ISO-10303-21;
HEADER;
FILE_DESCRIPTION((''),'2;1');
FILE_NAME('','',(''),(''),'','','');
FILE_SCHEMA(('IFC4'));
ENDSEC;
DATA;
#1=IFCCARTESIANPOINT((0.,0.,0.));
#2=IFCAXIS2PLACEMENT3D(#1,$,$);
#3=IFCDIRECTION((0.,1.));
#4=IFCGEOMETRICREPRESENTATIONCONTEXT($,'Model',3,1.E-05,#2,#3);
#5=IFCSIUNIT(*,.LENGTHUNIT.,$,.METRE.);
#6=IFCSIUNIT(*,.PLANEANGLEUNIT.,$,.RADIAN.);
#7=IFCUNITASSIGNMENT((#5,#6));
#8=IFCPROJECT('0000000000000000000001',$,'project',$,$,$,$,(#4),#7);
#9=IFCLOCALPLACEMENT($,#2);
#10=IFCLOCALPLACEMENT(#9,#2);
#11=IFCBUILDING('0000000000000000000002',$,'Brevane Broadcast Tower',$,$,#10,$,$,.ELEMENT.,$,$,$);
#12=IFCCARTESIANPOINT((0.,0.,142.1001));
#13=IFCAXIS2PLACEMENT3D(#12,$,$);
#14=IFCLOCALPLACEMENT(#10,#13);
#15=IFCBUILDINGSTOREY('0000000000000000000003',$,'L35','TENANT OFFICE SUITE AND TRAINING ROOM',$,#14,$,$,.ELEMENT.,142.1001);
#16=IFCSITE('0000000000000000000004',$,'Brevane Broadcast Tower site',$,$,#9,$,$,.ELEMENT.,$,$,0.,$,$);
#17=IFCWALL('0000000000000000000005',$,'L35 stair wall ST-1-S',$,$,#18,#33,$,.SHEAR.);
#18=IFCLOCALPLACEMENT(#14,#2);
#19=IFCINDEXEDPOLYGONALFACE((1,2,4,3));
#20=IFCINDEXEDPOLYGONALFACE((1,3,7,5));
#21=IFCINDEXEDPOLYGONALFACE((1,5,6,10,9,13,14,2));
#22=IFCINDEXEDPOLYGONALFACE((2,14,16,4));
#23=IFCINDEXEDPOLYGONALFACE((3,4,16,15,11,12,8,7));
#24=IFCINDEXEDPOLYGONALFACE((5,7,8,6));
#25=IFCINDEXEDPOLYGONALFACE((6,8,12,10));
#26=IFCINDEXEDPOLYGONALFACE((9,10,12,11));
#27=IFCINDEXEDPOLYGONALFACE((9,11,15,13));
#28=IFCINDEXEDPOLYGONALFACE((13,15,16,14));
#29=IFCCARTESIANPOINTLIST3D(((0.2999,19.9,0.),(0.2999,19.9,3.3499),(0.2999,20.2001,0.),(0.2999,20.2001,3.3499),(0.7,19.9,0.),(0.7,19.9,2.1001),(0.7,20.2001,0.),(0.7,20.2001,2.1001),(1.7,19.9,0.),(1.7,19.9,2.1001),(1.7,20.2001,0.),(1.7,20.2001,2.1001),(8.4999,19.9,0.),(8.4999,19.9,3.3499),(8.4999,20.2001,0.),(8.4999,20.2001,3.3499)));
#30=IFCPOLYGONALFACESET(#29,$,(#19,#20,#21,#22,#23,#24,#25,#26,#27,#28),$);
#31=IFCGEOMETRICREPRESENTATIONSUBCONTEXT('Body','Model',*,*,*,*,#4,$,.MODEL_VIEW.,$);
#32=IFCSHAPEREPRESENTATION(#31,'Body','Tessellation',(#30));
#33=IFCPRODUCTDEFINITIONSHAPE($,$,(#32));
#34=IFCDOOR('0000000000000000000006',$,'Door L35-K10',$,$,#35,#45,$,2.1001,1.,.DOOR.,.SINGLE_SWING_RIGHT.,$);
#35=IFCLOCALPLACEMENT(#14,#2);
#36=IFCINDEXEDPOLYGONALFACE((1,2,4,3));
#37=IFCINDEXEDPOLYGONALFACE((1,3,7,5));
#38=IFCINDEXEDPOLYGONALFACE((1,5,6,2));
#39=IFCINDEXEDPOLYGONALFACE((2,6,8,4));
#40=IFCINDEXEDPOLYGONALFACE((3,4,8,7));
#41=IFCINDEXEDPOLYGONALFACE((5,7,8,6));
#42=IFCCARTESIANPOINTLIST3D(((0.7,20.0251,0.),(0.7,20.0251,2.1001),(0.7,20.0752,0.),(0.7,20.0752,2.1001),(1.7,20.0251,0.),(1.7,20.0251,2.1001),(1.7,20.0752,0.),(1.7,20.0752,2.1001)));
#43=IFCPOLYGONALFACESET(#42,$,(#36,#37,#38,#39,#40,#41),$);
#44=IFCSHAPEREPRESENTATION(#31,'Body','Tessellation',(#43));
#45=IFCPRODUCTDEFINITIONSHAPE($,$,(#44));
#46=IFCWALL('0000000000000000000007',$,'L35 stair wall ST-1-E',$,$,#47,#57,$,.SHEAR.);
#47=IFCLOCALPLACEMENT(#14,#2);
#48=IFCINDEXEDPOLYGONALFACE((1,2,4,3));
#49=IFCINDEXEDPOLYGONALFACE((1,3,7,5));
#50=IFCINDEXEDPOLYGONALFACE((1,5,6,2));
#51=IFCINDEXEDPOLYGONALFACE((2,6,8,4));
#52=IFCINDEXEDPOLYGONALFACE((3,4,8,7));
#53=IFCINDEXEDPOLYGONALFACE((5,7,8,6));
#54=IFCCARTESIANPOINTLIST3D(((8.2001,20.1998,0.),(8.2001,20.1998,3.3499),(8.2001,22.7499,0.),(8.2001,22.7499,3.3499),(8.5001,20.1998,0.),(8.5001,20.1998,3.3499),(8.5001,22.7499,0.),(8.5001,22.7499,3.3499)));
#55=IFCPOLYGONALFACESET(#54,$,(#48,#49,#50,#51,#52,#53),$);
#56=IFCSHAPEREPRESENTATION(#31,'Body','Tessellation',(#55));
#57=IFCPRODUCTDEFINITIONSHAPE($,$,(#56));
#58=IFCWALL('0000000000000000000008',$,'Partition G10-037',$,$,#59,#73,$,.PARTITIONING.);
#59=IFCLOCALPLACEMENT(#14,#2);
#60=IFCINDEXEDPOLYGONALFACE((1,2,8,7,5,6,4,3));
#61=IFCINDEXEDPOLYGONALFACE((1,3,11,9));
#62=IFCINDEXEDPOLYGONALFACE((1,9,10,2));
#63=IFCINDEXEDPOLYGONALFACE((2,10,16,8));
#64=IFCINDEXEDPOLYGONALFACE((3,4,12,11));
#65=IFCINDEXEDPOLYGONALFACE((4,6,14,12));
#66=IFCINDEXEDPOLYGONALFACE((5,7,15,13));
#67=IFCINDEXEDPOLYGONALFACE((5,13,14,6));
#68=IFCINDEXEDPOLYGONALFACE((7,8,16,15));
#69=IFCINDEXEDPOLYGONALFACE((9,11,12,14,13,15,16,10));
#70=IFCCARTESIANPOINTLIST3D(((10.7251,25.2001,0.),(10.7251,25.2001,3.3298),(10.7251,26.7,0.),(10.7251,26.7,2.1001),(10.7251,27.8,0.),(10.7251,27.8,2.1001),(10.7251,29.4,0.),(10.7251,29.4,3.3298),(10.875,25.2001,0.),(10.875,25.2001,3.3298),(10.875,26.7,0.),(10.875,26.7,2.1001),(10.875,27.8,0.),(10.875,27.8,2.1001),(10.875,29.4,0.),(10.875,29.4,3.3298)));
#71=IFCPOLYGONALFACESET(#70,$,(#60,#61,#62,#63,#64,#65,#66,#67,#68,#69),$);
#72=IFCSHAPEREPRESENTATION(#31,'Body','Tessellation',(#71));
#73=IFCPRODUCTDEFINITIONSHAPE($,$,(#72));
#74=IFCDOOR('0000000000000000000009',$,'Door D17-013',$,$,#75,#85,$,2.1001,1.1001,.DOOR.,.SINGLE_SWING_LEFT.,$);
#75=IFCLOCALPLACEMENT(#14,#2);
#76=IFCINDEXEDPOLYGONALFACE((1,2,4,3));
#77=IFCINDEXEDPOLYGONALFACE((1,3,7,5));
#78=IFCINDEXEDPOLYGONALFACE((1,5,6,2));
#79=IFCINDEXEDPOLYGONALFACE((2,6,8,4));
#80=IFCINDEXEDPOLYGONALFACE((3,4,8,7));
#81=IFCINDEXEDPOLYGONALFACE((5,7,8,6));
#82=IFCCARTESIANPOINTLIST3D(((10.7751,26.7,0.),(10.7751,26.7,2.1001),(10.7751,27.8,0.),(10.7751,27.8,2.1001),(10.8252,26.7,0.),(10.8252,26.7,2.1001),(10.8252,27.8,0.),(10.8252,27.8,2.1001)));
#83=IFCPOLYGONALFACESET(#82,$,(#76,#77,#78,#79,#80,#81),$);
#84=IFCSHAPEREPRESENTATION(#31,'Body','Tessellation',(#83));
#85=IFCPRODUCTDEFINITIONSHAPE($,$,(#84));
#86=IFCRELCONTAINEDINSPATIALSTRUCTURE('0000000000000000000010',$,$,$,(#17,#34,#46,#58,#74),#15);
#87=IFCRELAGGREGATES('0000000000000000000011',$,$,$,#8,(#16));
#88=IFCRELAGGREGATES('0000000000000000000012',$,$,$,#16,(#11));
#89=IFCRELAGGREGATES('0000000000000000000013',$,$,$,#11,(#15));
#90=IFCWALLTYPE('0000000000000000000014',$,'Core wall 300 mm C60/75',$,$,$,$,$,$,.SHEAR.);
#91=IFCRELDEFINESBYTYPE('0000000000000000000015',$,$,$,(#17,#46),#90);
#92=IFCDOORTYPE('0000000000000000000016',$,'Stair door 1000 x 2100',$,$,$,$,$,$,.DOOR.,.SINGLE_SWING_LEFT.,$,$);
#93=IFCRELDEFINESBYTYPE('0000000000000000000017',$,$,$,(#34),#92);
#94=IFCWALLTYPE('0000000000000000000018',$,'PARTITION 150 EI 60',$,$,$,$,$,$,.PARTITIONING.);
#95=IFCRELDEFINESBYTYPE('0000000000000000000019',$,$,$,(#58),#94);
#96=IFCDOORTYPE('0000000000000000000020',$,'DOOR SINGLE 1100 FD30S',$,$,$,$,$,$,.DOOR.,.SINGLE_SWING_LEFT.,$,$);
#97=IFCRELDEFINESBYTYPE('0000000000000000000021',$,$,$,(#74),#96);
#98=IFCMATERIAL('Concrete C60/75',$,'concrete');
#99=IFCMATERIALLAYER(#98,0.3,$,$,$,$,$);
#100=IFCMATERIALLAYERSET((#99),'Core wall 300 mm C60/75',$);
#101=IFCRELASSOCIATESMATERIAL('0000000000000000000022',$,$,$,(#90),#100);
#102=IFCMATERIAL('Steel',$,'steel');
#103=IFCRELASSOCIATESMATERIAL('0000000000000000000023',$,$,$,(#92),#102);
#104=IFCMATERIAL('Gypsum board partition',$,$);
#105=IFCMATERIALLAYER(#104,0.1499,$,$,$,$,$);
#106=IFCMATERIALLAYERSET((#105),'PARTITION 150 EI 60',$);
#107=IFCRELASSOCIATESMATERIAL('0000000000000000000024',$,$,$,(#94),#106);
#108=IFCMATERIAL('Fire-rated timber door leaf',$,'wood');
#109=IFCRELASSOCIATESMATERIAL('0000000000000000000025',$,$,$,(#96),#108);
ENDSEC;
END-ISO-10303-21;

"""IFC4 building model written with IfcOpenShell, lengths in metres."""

from ifc_helpers import new_model, si_unit, direction, frame, frame_2d, origin, place, context, subcontext, project, spatial, rectangle, extrude, material, layer, layer_set, type_object, element, fill, save


model = new_model("IFC4")

# Units and contexts
model_context = context("Model", 3, precision=1e-05, world=origin(), true_north=direction((0.0, 1.0)))
body_context = subcontext(model_context, "Body", "Model", "MODEL_VIEW")
ifc_project = project(units=[si_unit("LENGTHUNIT", "METRE"), si_unit("PLANEANGLEUNIT", "RADIAN")], contexts=[model_context])

# Site, building, storey
site_placement = place(None, origin())
site = spatial("IfcSite", under=ifc_project, at=site_placement, Name="Brevane Broadcast Tower site", CompositionType="ELEMENT", RefElevation=0.0)
building_placement = place(site_placement, origin())
building = spatial("IfcBuilding", under=site, at=building_placement, Name="Brevane Broadcast Tower", CompositionType="ELEMENT")
storey_placement = place(building_placement, frame((0.0, 0.0, 142.1001)))
storey = spatial("IfcBuildingStorey", under=building, at=storey_placement, Name="L35", Description="TENANT OFFICE SUITE AND TRAINING ROOM", CompositionType="ELEMENT", Elevation=142.1001)

# Shared definitions
ifc_material_1 = material(Name="Concrete C60/75", Category="concrete")

# Shared definitions
ifc_material_2 = material(Name="Steel", Category="steel")

# Wall, opening, door
ifc_layer_1 = layer(ifc_material_1, 0.3)
ifc_layer_set_1 = layer_set([ifc_layer_1], Name="Core wall 300 mm C60/75")
wall_type_1 = type_object("IfcWallType", Name="Core wall 300 mm C60/75", PredefinedType="SHEAR", material=ifc_layer_set_1)
wall_1_placement = place(storey_placement, frame((8.5, 20.05, 0.0), z_axis=(0.0, 0.0, 1.0), x_axis=(-1.0, 0.0, 0.0)))
wall_1 = element("IfcWall", 1, at=wall_1_placement, inside=storey, type_object=wall_type_1, Name="L35 stair wall ST-1-S", PredefinedType="SHEAR", context=body_context, shape_type="SweptSolid", body=[
    extrude(rectangle(XDim=8.2, YDim=0.3, at=frame_2d((4.1001, 0.0))), origin(), (0.0, 0.0, 1.0), 3.3499),
])
opening_1_placement = place(wall_1_placement, frame((6.8, 0.0, 0.0)))
opening_1 = element("IfcOpeningElement", 2, at=opening_1_placement, cuts=wall_1, PredefinedType="OPENING", context=body_context, shape_type="SweptSolid", body=[
    extrude(rectangle(XDim=1.0, YDim=2.1001, at=frame_2d((0.5, 1.05))), frame((0.0, 0.1599, 0.0), z_axis=(0.0, -1.0, 0.0), x_axis=(1.0, 0.0, 0.0)), (0.0, 0.0, 1.0), 0.3201),
])
door_type_1 = type_object("IfcDoorType", Name="Stair door 1000 x 2100", OperationType="SINGLE_SWING_LEFT", PredefinedType="DOOR", material=ifc_material_2)
door_1_placement = place(opening_1_placement, origin())
door_1 = element("IfcDoor", 3, at=door_1_placement, inside=storey, type_object=door_type_1, Name="Door L35-K10", OperationType="SINGLE_SWING_RIGHT", OverallHeight=2.1001, OverallWidth=1.0, PredefinedType="DOOR", context=body_context, shape_type="SweptSolid", body=[
    extrude(rectangle(XDim=1.0, YDim=2.1001, at=frame_2d((0.5, 1.05))), frame((0.0, 0.0249, 0.0), z_axis=(0.0, -1.0, 0.0), x_axis=(1.0, 0.0, 0.0)), (0.0, 0.0, 1.0), 0.05),
])
fill(opening_1, door_1)

# Wall
wall_2_placement = place(storey_placement, frame((8.3501, 20.2, 0.0), z_axis=(0.0, 0.0, 1.0), x_axis=(0.0, 1.0, 0.0)))
element("IfcWall", 4, at=wall_2_placement, inside=storey, type_object=wall_type_1, Name="L35 stair wall ST-1-E", PredefinedType="SHEAR", context=body_context, shape_type="SweptSolid", body=[
    extrude(rectangle(XDim=2.55, YDim=0.3, at=frame_2d((1.2749, 0.0))), origin(), (0.0, 0.0, 1.0), 3.3499),
])

# Wall, opening, door
ifc_material_3 = material(Name="Gypsum board partition")
ifc_layer_2 = layer(ifc_material_3, 0.1499)
ifc_layer_set_2 = layer_set([ifc_layer_2], Name="PARTITION 150 EI 60")
wall_type_2 = type_object("IfcWallType", Name="PARTITION 150 EI 60", PredefinedType="PARTITIONING", material=ifc_layer_set_2)
wall_3_placement = place(storey_placement, frame((10.8, 25.2, 0.0), z_axis=(0.0, 0.0, 1.0), x_axis=(0.0, 1.0, 0.0)))
wall_3 = element("IfcWall", 5, at=wall_3_placement, inside=storey, type_object=wall_type_2, Name="Partition G10-037", PredefinedType="PARTITIONING", context=body_context, shape_type="SweptSolid", body=[
    extrude(rectangle(XDim=4.2, YDim=0.1499, at=frame_2d((2.1001, 0.0))), origin(), (0.0, 0.0, 1.0), 3.3298),
])
opening_2_placement = place(wall_3_placement, frame((1.5, 0.0, 0.0)))
opening_2 = element("IfcOpeningElement", 6, at=opening_2_placement, cuts=wall_3, PredefinedType="OPENING", context=body_context, shape_type="SweptSolid", body=[
    extrude(rectangle(XDim=1.1001, YDim=2.1001, at=frame_2d((0.55, 1.05))), frame((0.0, 0.085, 0.0), z_axis=(0.0, -1.0, 0.0), x_axis=(1.0, 0.0, 0.0)), (0.0, 0.0, 1.0), 0.1699),
])
ifc_material_4 = material(Name="Fire-rated timber door leaf", Category="wood")
door_type_2 = type_object("IfcDoorType", Name="DOOR SINGLE 1100 FD30S", OperationType="SINGLE_SWING_LEFT", PredefinedType="DOOR", material=ifc_material_4)
door_2_placement = place(opening_2_placement, origin())
door_2 = element("IfcDoor", 7, at=door_2_placement, inside=storey, type_object=door_type_2, Name="Door D17-013", OperationType="SINGLE_SWING_LEFT", OverallHeight=2.1001, OverallWidth=1.1001, PredefinedType="DOOR", context=body_context, shape_type="SweptSolid", body=[
    extrude(rectangle(XDim=1.1001, YDim=2.1001, at=frame_2d((0.55, 1.05))), frame((0.0, 0.0249, 0.0), z_axis=(0.0, -1.0, 0.0), x_axis=(1.0, 0.0, 0.0)), (0.0, 0.0, 1.0), 0.05),
])
fill(opening_2, door_2)

save(model, "model.ifc")
